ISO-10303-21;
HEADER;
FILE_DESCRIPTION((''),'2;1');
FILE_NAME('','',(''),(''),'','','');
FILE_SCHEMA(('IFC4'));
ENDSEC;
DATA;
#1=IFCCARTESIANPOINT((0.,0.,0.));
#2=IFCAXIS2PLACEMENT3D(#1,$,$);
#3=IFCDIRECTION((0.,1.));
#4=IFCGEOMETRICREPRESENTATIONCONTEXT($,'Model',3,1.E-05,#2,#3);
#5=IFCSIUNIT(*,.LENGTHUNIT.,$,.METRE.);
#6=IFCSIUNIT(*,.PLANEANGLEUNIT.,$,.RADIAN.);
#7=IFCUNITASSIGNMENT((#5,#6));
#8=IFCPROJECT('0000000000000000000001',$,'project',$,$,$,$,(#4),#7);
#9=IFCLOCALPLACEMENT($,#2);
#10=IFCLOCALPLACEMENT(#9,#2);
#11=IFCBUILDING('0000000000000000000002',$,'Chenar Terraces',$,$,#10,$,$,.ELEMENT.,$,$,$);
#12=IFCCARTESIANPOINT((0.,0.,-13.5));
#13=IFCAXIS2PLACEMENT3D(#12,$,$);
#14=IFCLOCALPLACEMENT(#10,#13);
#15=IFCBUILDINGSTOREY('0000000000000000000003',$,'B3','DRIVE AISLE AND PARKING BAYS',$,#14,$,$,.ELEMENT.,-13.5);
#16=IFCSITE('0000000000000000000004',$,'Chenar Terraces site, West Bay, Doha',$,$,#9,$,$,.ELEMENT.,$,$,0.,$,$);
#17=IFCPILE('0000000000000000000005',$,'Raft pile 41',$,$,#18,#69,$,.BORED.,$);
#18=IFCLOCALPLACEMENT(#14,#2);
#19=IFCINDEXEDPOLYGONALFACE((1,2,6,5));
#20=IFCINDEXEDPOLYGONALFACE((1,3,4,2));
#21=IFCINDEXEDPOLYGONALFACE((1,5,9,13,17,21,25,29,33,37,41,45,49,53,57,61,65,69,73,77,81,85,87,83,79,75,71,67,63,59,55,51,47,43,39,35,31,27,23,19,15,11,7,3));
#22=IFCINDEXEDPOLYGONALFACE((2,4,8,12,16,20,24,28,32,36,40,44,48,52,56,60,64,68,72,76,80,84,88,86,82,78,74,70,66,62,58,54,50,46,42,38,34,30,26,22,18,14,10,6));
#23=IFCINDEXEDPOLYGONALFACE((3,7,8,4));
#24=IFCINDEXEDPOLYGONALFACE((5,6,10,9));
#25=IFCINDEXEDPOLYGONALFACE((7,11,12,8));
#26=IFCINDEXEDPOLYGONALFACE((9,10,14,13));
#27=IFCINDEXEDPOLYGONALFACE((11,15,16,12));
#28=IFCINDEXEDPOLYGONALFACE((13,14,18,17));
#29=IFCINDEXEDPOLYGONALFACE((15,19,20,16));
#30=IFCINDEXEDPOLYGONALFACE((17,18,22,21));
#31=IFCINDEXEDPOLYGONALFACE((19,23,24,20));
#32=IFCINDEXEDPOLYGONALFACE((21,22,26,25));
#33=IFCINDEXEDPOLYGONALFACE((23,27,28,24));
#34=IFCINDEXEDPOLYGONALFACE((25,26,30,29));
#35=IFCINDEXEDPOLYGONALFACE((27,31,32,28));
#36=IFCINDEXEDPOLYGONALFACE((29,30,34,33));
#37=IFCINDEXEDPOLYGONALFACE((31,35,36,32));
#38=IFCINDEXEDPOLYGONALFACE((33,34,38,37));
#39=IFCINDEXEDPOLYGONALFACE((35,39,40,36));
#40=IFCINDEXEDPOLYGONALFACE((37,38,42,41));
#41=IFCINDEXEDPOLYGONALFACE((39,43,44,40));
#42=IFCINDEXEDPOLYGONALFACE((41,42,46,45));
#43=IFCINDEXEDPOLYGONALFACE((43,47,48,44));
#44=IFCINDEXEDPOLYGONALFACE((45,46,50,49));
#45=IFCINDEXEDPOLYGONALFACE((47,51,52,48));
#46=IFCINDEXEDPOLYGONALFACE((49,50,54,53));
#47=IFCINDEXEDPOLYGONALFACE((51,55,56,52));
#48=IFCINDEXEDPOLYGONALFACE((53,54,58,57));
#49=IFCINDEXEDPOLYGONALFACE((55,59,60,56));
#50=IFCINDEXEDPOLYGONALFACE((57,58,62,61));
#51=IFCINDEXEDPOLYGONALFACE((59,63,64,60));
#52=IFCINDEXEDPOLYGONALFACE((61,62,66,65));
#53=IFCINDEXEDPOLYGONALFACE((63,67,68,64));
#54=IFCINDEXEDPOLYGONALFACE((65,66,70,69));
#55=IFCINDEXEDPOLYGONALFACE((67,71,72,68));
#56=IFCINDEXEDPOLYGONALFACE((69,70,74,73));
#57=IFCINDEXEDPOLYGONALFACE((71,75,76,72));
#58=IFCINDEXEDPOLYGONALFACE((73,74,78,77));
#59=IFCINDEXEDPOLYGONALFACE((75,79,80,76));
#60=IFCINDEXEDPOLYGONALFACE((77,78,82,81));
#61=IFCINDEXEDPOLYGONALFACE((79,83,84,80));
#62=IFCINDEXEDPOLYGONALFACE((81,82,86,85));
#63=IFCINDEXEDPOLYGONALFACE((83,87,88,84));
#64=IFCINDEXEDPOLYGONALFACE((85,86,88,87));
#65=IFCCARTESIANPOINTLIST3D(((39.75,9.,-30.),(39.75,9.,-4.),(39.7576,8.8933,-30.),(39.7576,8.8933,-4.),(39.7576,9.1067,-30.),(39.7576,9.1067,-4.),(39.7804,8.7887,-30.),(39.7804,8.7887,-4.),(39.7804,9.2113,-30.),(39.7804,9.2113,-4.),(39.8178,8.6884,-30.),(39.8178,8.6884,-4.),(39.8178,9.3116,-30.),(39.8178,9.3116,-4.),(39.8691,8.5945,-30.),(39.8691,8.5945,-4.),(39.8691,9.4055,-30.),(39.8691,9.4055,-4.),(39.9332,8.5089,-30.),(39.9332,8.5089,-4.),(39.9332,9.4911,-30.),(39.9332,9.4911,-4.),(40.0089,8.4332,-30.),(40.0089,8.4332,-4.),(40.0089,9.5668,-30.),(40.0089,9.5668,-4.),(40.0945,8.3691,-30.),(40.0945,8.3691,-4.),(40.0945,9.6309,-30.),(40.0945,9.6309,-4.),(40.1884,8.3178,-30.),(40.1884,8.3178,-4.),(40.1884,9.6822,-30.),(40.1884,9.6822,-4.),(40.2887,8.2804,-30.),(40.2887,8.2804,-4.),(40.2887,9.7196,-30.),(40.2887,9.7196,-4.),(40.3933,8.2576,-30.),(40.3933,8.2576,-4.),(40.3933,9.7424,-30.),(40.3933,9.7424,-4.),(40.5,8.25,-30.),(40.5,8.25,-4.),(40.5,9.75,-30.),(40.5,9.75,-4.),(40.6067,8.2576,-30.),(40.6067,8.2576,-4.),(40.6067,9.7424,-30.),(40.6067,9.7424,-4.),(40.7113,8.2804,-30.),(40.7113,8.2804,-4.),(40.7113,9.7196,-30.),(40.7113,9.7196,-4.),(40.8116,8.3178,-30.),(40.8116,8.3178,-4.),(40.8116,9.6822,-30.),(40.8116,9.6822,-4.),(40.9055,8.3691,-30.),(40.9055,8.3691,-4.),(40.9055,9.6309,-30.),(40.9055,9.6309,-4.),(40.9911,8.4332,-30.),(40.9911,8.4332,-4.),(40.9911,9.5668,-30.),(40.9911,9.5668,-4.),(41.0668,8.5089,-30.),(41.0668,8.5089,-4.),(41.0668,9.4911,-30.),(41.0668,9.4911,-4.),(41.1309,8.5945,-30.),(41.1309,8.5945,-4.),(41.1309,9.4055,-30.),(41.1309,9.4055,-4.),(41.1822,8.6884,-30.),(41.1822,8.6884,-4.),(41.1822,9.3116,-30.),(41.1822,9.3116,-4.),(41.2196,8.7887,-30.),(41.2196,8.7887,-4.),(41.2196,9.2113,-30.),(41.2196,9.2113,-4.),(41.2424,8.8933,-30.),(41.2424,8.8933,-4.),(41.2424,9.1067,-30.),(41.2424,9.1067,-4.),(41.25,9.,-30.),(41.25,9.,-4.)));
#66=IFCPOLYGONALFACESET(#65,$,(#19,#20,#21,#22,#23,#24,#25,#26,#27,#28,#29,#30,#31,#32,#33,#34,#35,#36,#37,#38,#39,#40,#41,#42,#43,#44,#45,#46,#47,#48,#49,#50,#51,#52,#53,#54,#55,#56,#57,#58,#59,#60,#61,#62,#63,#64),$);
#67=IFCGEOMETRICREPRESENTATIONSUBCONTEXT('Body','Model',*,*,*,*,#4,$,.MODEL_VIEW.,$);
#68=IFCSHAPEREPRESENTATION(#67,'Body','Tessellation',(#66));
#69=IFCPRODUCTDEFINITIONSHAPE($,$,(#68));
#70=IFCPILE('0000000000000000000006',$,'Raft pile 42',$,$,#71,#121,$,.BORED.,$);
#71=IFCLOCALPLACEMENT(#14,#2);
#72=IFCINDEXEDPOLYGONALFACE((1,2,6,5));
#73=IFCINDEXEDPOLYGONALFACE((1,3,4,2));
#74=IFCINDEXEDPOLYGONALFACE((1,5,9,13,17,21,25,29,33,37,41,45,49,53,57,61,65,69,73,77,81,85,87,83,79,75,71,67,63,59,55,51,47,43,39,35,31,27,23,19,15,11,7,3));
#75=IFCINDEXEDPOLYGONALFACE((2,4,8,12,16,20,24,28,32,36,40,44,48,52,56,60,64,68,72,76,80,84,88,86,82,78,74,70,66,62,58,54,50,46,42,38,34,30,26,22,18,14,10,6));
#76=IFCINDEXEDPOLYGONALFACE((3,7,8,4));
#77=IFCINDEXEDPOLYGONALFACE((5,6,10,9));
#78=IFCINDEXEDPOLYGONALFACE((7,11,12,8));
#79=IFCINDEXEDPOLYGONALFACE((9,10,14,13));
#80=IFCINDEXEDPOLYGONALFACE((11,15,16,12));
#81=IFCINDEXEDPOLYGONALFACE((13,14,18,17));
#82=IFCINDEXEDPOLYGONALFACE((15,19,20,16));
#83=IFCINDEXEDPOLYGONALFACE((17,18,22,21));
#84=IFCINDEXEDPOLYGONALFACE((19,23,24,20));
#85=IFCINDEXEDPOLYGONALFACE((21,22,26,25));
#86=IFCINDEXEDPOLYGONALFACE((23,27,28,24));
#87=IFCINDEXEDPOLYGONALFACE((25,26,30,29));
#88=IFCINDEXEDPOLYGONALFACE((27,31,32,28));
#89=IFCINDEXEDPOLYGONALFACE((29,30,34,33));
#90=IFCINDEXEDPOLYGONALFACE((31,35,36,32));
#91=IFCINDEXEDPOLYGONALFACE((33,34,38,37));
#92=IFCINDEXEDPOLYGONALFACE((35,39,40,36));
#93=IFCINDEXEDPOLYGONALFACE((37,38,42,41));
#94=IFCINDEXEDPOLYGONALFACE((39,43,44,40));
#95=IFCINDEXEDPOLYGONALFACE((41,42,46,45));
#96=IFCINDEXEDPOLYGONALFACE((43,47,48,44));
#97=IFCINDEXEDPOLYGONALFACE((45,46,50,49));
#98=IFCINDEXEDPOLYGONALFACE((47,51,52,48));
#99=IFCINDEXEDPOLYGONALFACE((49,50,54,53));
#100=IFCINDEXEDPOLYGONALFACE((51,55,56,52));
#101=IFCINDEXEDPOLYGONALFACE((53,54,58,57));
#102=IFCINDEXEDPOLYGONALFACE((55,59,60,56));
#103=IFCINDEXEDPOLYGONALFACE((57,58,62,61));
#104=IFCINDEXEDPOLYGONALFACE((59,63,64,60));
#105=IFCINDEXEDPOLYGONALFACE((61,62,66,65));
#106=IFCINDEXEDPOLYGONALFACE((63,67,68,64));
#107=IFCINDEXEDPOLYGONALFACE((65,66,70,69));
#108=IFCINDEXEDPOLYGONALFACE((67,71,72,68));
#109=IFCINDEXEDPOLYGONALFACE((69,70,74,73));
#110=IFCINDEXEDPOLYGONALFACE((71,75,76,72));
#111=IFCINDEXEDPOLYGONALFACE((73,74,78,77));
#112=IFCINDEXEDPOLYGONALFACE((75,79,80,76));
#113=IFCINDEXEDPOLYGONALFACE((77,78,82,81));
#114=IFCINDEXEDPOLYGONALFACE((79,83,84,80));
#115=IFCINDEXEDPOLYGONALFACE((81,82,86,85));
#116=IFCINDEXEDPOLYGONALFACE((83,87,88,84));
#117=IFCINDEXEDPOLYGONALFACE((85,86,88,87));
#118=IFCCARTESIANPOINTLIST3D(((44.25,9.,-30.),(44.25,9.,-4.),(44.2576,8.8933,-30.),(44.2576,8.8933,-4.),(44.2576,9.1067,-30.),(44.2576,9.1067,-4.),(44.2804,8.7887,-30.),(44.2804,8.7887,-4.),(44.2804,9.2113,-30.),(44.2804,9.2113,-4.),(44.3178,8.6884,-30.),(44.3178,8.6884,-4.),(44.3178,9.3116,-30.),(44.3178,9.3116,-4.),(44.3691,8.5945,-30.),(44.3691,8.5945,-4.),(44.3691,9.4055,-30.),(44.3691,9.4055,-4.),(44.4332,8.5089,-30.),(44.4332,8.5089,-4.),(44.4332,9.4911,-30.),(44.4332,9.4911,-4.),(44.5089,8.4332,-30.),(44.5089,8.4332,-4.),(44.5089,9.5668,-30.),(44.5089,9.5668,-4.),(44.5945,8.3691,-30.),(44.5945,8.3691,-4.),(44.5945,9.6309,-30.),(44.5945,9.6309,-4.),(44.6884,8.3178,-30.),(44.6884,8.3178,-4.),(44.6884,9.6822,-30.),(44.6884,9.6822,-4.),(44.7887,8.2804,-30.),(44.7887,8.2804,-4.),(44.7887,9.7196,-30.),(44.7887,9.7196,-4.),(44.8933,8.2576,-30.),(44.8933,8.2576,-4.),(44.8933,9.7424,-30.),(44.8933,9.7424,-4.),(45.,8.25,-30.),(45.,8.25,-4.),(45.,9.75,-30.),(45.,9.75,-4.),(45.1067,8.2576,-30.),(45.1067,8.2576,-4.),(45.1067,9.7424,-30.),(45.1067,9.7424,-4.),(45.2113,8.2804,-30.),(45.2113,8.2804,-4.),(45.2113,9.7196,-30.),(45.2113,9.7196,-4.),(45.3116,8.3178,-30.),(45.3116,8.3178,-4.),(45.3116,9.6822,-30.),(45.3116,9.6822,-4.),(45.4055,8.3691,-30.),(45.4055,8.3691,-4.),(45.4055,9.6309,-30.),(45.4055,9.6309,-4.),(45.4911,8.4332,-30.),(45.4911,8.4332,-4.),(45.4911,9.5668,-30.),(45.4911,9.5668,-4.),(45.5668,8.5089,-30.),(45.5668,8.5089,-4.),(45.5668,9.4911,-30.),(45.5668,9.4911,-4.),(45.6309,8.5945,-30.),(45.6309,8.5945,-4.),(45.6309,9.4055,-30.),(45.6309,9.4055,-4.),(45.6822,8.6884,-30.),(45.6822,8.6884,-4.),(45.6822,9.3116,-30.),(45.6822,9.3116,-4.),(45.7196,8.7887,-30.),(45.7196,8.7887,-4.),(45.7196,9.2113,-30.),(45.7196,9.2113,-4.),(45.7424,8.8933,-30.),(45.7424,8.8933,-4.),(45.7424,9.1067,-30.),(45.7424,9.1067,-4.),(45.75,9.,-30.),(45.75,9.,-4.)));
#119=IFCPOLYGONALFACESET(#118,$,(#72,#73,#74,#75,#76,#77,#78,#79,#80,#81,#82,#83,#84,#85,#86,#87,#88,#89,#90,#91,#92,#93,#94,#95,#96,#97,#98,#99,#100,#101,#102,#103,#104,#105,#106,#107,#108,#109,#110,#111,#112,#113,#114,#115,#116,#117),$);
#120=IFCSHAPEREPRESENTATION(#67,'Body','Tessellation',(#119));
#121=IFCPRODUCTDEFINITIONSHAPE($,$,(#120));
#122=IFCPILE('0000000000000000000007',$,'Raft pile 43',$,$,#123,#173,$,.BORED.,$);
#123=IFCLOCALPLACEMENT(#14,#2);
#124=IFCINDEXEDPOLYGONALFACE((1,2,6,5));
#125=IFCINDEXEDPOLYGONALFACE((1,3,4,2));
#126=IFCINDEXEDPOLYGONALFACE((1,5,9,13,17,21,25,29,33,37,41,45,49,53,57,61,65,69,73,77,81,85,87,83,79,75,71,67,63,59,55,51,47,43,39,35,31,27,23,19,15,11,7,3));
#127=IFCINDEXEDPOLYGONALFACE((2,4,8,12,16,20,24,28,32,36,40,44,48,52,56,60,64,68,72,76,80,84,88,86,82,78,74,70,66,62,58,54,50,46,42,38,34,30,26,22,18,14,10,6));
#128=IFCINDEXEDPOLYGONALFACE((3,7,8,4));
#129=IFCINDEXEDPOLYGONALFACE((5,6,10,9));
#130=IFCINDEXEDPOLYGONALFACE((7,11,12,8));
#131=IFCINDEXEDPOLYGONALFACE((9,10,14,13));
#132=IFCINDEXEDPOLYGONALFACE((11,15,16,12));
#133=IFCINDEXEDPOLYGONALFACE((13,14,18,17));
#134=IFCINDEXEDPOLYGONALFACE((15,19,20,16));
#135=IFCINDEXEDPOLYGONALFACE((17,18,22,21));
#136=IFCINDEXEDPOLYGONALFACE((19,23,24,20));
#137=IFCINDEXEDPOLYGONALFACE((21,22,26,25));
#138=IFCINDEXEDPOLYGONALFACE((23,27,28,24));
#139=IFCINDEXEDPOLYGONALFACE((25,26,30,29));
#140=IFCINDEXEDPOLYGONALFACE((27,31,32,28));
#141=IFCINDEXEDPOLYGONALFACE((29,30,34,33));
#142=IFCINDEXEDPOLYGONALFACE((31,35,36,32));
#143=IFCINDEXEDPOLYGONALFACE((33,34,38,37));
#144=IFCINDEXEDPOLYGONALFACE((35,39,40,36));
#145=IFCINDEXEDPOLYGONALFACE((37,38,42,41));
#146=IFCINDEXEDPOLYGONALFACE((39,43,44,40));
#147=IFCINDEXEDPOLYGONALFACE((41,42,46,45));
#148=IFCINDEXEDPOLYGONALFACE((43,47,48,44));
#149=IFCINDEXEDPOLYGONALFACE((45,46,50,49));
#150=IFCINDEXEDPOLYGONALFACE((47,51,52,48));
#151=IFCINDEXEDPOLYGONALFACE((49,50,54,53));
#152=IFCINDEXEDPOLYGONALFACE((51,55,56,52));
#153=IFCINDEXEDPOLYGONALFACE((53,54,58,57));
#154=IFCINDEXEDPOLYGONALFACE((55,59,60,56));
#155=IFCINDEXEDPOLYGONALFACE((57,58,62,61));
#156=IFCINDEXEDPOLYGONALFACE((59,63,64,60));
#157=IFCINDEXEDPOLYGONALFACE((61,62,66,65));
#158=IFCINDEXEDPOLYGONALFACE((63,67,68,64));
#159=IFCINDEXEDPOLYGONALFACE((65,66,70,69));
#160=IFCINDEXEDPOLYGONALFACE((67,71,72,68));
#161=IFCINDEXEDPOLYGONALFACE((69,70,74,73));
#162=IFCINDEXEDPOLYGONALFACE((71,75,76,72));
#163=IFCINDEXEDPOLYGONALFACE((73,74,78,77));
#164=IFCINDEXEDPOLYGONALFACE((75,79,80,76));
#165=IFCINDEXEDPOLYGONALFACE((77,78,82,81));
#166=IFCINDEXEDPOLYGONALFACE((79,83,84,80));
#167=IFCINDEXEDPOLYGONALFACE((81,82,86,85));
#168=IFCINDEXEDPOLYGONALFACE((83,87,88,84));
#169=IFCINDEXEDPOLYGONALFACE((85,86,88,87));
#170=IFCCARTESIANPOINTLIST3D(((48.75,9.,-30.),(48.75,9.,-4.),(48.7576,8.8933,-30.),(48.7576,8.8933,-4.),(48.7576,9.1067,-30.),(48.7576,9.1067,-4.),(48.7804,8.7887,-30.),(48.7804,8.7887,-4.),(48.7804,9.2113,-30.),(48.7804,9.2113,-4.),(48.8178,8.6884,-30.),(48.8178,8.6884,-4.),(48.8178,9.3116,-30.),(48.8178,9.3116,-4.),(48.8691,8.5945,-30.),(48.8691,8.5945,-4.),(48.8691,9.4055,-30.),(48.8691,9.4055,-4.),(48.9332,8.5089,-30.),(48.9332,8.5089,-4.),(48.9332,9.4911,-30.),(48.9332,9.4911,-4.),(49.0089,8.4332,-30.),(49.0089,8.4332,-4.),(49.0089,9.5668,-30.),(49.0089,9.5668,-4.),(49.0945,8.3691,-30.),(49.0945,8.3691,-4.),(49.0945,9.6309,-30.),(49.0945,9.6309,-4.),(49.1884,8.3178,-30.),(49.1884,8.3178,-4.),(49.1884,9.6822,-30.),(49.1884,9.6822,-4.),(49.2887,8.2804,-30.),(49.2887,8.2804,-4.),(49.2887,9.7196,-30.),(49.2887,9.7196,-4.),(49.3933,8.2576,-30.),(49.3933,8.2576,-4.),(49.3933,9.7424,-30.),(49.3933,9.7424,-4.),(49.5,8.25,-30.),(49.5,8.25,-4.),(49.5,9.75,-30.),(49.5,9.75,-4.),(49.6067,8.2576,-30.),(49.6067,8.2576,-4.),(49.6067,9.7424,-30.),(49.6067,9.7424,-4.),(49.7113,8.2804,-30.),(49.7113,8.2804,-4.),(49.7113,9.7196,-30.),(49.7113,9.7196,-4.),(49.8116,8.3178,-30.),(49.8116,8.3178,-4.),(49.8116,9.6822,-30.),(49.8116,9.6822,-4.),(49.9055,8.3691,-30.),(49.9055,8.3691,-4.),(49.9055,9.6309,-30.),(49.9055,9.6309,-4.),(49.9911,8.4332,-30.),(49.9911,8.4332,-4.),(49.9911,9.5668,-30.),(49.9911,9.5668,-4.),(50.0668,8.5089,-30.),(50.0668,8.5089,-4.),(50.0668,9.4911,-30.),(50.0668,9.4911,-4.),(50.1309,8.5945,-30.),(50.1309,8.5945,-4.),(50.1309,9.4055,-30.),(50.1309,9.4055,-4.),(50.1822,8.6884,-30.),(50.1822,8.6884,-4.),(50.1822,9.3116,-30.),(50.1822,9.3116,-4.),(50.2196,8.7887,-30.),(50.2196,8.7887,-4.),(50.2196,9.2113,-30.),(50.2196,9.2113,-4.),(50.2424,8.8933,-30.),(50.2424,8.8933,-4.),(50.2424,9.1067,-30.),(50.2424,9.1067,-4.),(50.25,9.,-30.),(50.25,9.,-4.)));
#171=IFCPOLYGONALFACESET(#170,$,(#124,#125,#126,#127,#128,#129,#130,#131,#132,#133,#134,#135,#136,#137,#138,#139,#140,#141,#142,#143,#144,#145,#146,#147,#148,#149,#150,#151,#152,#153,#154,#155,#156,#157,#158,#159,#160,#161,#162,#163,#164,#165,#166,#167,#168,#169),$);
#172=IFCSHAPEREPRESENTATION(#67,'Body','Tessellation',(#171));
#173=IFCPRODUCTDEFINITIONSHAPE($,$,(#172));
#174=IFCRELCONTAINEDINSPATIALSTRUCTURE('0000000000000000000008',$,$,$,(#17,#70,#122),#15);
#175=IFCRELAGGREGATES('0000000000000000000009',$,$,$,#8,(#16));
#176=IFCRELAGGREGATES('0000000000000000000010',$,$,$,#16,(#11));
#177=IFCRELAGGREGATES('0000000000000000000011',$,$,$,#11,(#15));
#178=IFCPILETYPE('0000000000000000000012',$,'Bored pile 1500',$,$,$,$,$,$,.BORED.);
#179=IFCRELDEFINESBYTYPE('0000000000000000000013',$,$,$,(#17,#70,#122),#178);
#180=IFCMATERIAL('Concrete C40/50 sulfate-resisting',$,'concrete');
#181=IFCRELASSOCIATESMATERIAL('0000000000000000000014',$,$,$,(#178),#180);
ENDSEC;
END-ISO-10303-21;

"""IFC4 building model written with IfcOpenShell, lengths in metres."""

from ifc_helpers import new_model, si_unit, direction, frame, origin, origin_2d, place, context, subcontext, project, spatial, circle, extrude, material, material_profile, profile_set, type_object, element, save


model = new_model("IFC4")

# Units and contexts
model_context = context("Model", 3, precision=1e-05, world=origin(), true_north=direction((0.0, 1.0)))
body_context = subcontext(model_context, "Body", "Model", "MODEL_VIEW")
ifc_project = project(units=[si_unit("LENGTHUNIT", "METRE"), si_unit("PLANEANGLEUNIT", "RADIAN")], contexts=[model_context])

# Site, building, storey
site_placement = place(None, origin())
site = spatial("IfcSite", under=ifc_project, at=site_placement, Name="Chenar Terraces site, West Bay, Doha", CompositionType="ELEMENT", RefElevation=0.0)
building_placement = place(site_placement, origin())
building = spatial("IfcBuilding", under=site, at=building_placement, Name="Chenar Terraces", CompositionType="ELEMENT")
storey_placement = place(building_placement, frame((0.0, 0.0, -13.5)))
storey = spatial("IfcBuildingStorey", under=building, at=storey_placement, Name="B3", Description="DRIVE AISLE AND PARKING BAYS", CompositionType="ELEMENT", Elevation=-13.5)

# Piles
ifc_material_1 = material(Name="Concrete C40/50 sulfate-resisting", Category="concrete")
ifc_material_profile_1 = material_profile(ifc_material_1, circle(Radius=0.75, at=origin_2d()), Name="BP 1500")
ifc_profile_set_1 = profile_set([ifc_material_profile_1], Name="Concrete C40/50 sulfate-resisting")
pile_type = type_object("IfcPileType", Name="Bored pile 1500", PredefinedType="BORED", material=ifc_profile_set_1)
for number, where, z_axis, x_axis, name in (
    (1, (40.5, 9.0, -4.0), (0.0, 0.0, -1.0), (1.0, 0.0, 0.0), "Raft pile 41"),
    (2, (45.0, 9.0, -4.0), (0.0, 0.0, -1.0), (1.0, 0.0, 0.0), "Raft pile 42"),
    (3, (49.5, 9.0, -4.0), (0.0, 0.0, -1.0), (1.0, 0.0, 0.0), "Raft pile 43"),
):
    element("IfcPile", number, at=place(storey_placement, frame(where, z_axis=z_axis, x_axis=x_axis)), inside=storey, type_object=pile_type, Name=name, PredefinedType="BORED", context=body_context, shape_type="SweptSolid", body=[
        extrude(circle(Radius=0.75, at=origin_2d()), origin(), (0.0, 0.0, 1.0), 26.0),
    ])

save(model, "model.ifc")
